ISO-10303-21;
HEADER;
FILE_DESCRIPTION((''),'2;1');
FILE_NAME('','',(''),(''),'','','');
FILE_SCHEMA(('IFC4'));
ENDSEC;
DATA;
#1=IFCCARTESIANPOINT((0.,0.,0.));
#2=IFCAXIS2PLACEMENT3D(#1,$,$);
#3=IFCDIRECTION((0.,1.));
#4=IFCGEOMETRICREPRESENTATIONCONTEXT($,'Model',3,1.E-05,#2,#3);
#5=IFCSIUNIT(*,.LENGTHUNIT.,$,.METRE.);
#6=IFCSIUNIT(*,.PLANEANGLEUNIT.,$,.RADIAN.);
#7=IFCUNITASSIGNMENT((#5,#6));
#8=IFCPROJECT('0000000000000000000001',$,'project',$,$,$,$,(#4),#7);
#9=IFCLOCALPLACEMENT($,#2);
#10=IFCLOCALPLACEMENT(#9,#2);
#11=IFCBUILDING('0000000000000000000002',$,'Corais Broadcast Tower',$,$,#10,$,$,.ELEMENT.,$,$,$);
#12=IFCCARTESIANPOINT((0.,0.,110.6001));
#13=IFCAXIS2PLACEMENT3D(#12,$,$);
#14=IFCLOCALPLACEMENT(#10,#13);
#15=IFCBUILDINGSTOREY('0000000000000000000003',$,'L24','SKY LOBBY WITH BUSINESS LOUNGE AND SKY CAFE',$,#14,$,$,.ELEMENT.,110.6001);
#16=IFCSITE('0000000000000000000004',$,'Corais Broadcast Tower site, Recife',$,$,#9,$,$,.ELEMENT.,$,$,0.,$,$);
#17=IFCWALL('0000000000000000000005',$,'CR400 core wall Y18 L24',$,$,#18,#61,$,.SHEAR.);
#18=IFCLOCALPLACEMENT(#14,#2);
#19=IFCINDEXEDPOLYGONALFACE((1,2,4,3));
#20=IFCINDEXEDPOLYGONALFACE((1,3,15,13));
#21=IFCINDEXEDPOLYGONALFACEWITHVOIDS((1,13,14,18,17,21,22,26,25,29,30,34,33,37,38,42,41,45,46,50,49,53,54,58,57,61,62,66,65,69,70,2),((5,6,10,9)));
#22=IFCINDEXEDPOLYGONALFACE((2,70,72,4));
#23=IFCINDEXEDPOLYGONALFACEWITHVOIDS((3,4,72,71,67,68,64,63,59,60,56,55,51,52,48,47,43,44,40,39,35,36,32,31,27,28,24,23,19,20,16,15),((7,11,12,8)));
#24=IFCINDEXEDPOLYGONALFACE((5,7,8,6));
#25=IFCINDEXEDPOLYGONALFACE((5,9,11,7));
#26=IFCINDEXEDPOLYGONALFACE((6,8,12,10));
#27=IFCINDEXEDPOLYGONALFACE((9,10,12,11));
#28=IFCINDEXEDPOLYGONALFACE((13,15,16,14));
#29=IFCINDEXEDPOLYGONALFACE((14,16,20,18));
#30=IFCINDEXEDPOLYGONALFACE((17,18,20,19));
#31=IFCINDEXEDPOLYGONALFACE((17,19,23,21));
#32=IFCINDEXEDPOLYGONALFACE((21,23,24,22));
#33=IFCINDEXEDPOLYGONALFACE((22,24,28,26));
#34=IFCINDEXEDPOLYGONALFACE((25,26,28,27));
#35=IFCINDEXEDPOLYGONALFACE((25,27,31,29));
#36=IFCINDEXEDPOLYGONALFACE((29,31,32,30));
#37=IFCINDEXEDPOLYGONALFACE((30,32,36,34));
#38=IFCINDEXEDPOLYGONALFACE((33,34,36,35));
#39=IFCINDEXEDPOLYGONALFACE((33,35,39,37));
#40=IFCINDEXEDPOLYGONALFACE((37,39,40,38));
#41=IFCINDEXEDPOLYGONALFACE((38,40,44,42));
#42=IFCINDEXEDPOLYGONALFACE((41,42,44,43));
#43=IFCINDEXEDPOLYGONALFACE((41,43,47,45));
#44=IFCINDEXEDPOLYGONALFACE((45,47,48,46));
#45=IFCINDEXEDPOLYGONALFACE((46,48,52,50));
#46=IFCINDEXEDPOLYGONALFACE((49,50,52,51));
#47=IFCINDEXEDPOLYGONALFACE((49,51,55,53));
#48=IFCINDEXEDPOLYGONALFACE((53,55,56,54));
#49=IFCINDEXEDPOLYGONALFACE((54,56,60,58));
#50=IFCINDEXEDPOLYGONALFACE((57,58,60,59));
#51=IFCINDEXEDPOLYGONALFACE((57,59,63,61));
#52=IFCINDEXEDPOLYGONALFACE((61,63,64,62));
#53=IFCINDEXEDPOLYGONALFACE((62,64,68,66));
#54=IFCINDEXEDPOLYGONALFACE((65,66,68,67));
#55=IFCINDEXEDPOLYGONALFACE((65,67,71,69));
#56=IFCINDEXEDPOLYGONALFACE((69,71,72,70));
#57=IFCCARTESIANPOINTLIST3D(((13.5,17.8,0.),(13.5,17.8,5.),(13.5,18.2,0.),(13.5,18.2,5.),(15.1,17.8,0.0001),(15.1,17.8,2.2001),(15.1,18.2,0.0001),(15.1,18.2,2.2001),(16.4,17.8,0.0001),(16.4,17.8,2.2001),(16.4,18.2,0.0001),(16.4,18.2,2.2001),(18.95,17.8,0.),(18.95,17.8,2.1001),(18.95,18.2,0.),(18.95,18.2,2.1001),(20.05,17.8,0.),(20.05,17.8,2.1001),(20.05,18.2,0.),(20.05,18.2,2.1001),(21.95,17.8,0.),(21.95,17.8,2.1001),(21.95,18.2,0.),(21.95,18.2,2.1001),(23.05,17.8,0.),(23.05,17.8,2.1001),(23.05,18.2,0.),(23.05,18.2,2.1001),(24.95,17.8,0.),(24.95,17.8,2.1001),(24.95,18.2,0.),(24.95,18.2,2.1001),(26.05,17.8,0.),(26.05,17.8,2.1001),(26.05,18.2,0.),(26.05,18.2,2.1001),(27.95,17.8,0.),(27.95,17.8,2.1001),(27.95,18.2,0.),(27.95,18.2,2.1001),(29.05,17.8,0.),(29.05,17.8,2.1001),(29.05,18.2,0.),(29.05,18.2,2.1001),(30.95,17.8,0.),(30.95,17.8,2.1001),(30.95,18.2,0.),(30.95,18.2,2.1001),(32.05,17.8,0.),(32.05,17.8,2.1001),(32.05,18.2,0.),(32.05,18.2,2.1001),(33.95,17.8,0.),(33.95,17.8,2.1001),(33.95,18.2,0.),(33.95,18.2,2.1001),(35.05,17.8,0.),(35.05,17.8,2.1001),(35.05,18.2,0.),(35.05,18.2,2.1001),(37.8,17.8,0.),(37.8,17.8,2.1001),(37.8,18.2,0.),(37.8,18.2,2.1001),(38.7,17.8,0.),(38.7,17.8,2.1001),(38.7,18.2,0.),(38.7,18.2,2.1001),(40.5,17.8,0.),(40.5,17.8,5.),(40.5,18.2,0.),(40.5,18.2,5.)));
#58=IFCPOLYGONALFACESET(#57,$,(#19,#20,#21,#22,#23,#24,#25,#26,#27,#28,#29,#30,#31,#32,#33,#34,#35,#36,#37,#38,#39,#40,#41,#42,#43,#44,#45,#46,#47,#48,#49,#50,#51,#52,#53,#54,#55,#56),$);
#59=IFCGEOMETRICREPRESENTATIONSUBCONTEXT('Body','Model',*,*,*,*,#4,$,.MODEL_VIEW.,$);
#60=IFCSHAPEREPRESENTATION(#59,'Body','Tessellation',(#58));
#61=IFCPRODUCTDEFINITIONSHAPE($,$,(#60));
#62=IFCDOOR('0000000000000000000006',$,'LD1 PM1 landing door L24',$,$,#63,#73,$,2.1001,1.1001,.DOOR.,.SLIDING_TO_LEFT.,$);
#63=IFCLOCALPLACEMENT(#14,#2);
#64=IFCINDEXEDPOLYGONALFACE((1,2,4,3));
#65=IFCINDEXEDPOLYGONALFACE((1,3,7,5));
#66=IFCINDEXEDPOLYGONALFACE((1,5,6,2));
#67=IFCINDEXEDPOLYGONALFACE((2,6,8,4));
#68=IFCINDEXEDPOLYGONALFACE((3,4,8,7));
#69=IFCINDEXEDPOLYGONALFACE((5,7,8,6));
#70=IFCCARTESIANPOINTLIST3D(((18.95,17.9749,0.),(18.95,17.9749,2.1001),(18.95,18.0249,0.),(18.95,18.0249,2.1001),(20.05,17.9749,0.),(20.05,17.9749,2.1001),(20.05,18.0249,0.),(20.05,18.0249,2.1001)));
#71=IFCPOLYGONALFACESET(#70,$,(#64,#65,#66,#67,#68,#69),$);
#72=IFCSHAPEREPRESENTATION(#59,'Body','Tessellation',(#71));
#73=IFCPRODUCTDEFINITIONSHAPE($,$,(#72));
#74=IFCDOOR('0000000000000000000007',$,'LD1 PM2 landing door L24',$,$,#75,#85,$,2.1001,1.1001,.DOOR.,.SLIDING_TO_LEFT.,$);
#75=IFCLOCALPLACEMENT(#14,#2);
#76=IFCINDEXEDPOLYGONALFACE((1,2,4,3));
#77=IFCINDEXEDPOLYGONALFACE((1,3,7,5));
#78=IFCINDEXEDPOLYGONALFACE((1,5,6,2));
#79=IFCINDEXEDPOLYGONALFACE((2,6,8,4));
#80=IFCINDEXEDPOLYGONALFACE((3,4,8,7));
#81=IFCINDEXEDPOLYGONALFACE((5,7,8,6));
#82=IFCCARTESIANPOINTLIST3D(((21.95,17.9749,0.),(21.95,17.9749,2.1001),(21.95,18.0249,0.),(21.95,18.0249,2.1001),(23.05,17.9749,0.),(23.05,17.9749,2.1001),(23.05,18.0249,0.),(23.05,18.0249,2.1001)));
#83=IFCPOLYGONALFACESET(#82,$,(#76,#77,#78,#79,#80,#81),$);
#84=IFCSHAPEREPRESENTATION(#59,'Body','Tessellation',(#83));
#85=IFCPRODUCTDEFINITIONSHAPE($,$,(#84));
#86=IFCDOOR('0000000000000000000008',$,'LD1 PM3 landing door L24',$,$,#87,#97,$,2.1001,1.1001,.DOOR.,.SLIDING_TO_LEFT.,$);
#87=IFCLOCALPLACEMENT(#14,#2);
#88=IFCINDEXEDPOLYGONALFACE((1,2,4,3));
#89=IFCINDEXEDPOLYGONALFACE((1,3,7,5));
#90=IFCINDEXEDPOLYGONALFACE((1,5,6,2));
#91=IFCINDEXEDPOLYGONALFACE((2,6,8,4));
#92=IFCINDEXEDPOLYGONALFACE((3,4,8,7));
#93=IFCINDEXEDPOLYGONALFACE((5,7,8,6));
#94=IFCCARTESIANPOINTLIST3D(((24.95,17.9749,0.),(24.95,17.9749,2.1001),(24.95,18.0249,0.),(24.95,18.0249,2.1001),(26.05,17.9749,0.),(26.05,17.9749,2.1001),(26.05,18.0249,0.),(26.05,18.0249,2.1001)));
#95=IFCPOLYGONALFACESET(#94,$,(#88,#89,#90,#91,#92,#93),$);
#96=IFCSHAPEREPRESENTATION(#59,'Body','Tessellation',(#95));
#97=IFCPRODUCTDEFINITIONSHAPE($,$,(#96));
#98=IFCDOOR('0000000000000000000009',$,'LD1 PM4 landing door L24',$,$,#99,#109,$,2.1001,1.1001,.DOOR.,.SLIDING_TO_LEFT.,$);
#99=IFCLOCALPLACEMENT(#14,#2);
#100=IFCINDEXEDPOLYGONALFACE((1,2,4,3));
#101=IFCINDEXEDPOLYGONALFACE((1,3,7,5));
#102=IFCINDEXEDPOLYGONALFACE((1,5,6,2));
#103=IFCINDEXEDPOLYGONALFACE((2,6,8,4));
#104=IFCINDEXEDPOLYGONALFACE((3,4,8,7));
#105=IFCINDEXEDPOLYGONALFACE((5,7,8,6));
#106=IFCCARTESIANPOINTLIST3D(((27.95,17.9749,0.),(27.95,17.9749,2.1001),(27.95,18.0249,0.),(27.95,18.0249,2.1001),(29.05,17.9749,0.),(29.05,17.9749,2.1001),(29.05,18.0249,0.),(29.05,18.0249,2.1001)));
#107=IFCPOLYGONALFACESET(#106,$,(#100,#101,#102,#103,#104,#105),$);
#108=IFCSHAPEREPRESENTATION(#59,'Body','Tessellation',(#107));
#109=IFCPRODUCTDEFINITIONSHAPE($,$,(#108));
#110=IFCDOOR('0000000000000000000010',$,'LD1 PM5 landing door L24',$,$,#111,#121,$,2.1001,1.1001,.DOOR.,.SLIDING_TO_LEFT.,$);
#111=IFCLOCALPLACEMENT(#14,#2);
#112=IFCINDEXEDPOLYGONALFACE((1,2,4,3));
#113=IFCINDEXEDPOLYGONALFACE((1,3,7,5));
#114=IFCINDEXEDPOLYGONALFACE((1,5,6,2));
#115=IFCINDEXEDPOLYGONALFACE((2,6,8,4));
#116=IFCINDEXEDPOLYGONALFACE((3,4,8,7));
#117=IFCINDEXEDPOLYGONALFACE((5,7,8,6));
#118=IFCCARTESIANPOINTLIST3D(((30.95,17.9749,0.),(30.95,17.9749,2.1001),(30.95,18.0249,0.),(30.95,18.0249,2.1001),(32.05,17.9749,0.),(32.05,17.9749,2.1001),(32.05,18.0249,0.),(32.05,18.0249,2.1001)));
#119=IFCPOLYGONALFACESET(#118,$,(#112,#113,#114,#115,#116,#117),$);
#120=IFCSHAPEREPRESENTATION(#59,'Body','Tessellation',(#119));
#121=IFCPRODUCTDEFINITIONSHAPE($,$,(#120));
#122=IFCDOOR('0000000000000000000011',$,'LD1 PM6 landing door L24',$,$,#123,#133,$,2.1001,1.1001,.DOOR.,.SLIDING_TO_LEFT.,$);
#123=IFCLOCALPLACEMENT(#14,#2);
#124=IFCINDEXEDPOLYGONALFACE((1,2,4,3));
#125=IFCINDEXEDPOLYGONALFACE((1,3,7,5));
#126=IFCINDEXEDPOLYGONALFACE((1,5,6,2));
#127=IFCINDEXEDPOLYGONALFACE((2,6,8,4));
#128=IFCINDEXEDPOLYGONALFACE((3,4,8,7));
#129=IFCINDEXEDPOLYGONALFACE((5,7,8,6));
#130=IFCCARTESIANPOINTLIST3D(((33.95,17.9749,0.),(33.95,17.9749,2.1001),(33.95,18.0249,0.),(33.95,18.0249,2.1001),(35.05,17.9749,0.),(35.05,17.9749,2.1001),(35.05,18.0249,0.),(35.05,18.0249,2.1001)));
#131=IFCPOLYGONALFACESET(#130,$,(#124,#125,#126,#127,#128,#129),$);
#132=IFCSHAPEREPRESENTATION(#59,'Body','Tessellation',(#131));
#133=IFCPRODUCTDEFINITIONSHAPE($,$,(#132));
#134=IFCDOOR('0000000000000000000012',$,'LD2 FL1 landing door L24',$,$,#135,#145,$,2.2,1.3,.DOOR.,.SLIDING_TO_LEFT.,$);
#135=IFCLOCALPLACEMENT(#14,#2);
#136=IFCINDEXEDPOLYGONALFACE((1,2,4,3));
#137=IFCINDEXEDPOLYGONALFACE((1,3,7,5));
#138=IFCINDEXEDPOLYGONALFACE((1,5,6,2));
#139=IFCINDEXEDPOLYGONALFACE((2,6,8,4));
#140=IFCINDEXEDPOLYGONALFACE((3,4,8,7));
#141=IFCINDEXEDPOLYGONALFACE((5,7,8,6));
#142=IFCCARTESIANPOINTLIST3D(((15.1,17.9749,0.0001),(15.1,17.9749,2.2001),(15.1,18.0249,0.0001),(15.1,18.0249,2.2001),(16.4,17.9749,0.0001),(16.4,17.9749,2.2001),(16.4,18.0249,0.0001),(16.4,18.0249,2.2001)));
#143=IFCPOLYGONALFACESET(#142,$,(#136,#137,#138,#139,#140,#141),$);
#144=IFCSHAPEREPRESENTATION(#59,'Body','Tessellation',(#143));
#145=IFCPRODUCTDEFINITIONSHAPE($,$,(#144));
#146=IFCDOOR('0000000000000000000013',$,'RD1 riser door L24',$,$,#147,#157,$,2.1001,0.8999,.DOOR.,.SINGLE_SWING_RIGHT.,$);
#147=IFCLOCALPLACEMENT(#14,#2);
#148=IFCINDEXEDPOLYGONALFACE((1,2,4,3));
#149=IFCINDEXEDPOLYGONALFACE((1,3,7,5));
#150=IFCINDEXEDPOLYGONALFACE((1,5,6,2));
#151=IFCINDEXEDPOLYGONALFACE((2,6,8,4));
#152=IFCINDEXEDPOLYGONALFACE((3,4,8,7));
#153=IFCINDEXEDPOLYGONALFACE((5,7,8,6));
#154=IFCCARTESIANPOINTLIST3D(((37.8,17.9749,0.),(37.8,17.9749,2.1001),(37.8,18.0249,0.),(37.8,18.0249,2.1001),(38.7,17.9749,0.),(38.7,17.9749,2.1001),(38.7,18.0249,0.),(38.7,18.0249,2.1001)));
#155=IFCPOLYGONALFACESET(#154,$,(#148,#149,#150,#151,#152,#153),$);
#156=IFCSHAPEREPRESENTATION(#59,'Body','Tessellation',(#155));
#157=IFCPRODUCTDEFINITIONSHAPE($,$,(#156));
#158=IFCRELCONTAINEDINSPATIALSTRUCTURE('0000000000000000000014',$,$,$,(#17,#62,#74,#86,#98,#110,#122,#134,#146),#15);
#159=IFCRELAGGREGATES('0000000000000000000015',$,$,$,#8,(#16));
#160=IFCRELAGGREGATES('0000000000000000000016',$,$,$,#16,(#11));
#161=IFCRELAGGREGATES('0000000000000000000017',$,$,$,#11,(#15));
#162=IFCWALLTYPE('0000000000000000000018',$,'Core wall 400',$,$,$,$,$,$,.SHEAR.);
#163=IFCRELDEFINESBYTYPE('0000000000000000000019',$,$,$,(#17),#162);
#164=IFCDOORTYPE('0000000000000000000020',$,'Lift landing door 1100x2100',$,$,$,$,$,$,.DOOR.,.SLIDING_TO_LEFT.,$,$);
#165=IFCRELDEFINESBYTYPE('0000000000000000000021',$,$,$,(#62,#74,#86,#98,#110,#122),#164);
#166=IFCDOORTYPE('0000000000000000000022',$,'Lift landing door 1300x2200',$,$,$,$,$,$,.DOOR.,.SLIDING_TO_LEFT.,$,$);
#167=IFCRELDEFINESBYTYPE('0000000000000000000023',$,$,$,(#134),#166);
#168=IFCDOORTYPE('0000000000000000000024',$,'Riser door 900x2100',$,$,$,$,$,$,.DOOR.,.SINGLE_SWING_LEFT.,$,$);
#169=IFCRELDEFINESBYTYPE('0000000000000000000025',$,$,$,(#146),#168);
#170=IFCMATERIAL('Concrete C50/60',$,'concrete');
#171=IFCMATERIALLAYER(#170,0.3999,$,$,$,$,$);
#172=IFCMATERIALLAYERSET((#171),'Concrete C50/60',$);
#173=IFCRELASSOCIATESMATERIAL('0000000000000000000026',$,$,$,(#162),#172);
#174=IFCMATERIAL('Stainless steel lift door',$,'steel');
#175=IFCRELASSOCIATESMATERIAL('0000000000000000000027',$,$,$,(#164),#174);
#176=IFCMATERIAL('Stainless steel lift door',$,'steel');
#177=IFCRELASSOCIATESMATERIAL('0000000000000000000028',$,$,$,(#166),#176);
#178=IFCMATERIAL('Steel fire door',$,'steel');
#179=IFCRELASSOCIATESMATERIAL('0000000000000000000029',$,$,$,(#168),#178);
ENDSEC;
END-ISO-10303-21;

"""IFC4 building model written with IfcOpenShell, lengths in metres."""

from ifc_helpers import new_model, si_unit, direction, frame, frame_2d, origin, place, context, subcontext, project, spatial, rectangle, extrude, material, layer, layer_set, type_object, element, fill, save


model = new_model("IFC4")

# Units and contexts
model_context = context("Model", 3, precision=1e-05, world=origin(), true_north=direction((0.0, 1.0)))
body_context = subcontext(model_context, "Body", "Model", "MODEL_VIEW")
ifc_project = project(units=[si_unit("LENGTHUNIT", "METRE"), si_unit("PLANEANGLEUNIT", "RADIAN")], contexts=[model_context])

# Site, building, storey
site_placement = place(None, origin())
site = spatial("IfcSite", under=ifc_project, at=site_placement, Name="Corais Broadcast Tower site, Recife", CompositionType="ELEMENT", RefElevation=0.0)
building_placement = place(site_placement, origin())
building = spatial("IfcBuilding", under=site, at=building_placement, Name="Corais Broadcast Tower", CompositionType="ELEMENT")
storey_placement = place(building_placement, frame((0.0, 0.0, 110.6001)))
storey = spatial("IfcBuildingStorey", under=building, at=storey_placement, Name="L24", Description="SKY LOBBY WITH BUSINESS LOUNGE AND SKY CAFE", CompositionType="ELEMENT", Elevation=110.6001)

# Shared definitions
ifc_material_1 = material(Name="Concrete C50/60", Category="concrete")
ifc_layer_1 = layer(ifc_material_1, 0.3999)
ifc_layer_set_1 = layer_set([ifc_layer_1], Name="Concrete C50/60")
wall_type_1 = type_object("IfcWallType", Name="Core wall 400", PredefinedType="SHEAR", material=ifc_layer_set_1)

# Wall, openings, doors
wall_1_placement = place(storey_placement, frame((13.5, 18.0, 0.0), z_axis=(0.0, 0.0, 1.0), x_axis=(1.0, 0.0, 0.0)))
wall_1 = element("IfcWall", 1, at=wall_1_placement, inside=storey, type_object=wall_type_1, Name="CR400 core wall Y18 L24", PredefinedType="SHEAR", context=body_context, shape_type="SweptSolid", body=[
    extrude(rectangle(XDim=27.0, YDim=0.3999, at=frame_2d((13.5, 0.0))), origin(), (0.0, 0.0, 1.0), 5.0),
])
opening_1_placement = place(wall_1_placement, frame((24.3, 0.0, 0.0)))
opening_1 = element("IfcOpeningElement", 2, at=opening_1_placement, cuts=wall_1, PredefinedType="OPENING", context=body_context, shape_type="SweptSolid", body=[
    extrude(rectangle(XDim=0.8999, YDim=2.1001, at=frame_2d((0.45, 1.05))), frame((0.0, 0.21, 0.0), z_axis=(0.0, -1.0, 0.0), x_axis=(1.0, 0.0, 0.0)), (0.0, 0.0, 1.0), 0.4199),
])
opening_2_placement = place(wall_1_placement, frame((5.45, 0.0, 0.0)))
opening_2 = element("IfcOpeningElement", 3, at=opening_2_placement, cuts=wall_1, PredefinedType="OPENING", context=body_context, shape_type="SweptSolid", body=[
    extrude(rectangle(XDim=1.1001, YDim=2.1001, at=frame_2d((0.55, 1.05))), frame((0.0, 0.21, 0.0), z_axis=(0.0, -1.0, 0.0), x_axis=(1.0, 0.0, 0.0)), (0.0, 0.0, 1.0), 0.4199),
])
opening_3_placement = place(wall_1_placement, frame((8.45, 0.0, 0.0)))
opening_3 = element("IfcOpeningElement", 4, at=opening_3_placement, cuts=wall_1, PredefinedType="OPENING", context=body_context, shape_type="SweptSolid", body=[
    extrude(rectangle(XDim=1.1001, YDim=2.1001, at=frame_2d((0.55, 1.05))), frame((0.0, 0.21, 0.0), z_axis=(0.0, -1.0, 0.0), x_axis=(1.0, 0.0, 0.0)), (0.0, 0.0, 1.0), 0.4199),
])
opening_4_placement = place(wall_1_placement, frame((11.45, 0.0, 0.0)))
opening_4 = element("IfcOpeningElement", 5, at=opening_4_placement, cuts=wall_1, PredefinedType="OPENING", context=body_context, shape_type="SweptSolid", body=[
    extrude(rectangle(XDim=1.1001, YDim=2.1001, at=frame_2d((0.55, 1.05))), frame((0.0, 0.21, 0.0), z_axis=(0.0, -1.0, 0.0), x_axis=(1.0, 0.0, 0.0)), (0.0, 0.0, 1.0), 0.4199),
])
opening_5_placement = place(wall_1_placement, frame((14.45, 0.0, 0.0)))
opening_5 = element("IfcOpeningElement", 6, at=opening_5_placement, cuts=wall_1, PredefinedType="OPENING", context=body_context, shape_type="SweptSolid", body=[
    extrude(rectangle(XDim=1.1001, YDim=2.1001, at=frame_2d((0.55, 1.05))), frame((0.0, 0.21, 0.0), z_axis=(0.0, -1.0, 0.0), x_axis=(1.0, 0.0, 0.0)), (0.0, 0.0, 1.0), 0.4199),
])
opening_6_placement = place(wall_1_placement, frame((17.45, 0.0, 0.0)))
opening_6 = element("IfcOpeningElement", 7, at=opening_6_placement, cuts=wall_1, PredefinedType="OPENING", context=body_context, shape_type="SweptSolid", body=[
    extrude(rectangle(XDim=1.1001, YDim=2.1001, at=frame_2d((0.55, 1.05))), frame((0.0, 0.21, 0.0), z_axis=(0.0, -1.0, 0.0), x_axis=(1.0, 0.0, 0.0)), (0.0, 0.0, 1.0), 0.4199),
])
opening_7_placement = place(wall_1_placement, frame((20.45, 0.0, 0.0)))
opening_7 = element("IfcOpeningElement", 8, at=opening_7_placement, cuts=wall_1, PredefinedType="OPENING", context=body_context, shape_type="SweptSolid", body=[
    extrude(rectangle(XDim=1.1001, YDim=2.1001, at=frame_2d((0.55, 1.05))), frame((0.0, 0.21, 0.0), z_axis=(0.0, -1.0, 0.0), x_axis=(1.0, 0.0, 0.0)), (0.0, 0.0, 1.0), 0.4199),
])
opening_8_placement = place(wall_1_placement, frame((1.6001, 0.0, 0.0)))
opening_8 = element("IfcOpeningElement", 9, at=opening_8_placement, cuts=wall_1, PredefinedType="OPENING", context=body_context, shape_type="SweptSolid", body=[
    extrude(rectangle(XDim=1.3, YDim=2.2, at=frame_2d((0.6499, 1.1001))), frame((0.0, 0.21, 0.0), z_axis=(0.0, -1.0, 0.0), x_axis=(1.0, 0.0, 0.0)), (0.0, 0.0, 1.0), 0.4199),
])
ifc_material_2 = material(Name="Stainless steel lift door", Category="steel")
door_type_1 = type_object("IfcDoorType", Name="Lift landing door 1100x2100", OperationType="SLIDING_TO_LEFT", PredefinedType="DOOR", material=ifc_material_2)
door_1_placement = place(opening_2_placement, origin())
door_1 = element("IfcDoor", 10, at=door_1_placement, inside=storey, type_object=door_type_1, Name="LD1 PM1 landing door L24", OperationType="SLIDING_TO_LEFT", OverallHeight=2.1001, OverallWidth=1.1001, PredefinedType="DOOR", context=body_context, shape_type="SweptSolid", body=[
    extrude(rectangle(XDim=1.1001, YDim=2.1001, at=frame_2d((0.55, 1.05))), frame((0.0, 0.0249, 0.0), z_axis=(0.0, -1.0, 0.0), x_axis=(1.0, 0.0, 0.0)), (0.0, 0.0, 1.0), 0.05),
])
fill(opening_2, door_1)
door_2_placement = place(opening_3_placement, origin())
door_2 = element("IfcDoor", 11, at=door_2_placement, inside=storey, type_object=door_type_1, Name="LD1 PM2 landing door L24", OperationType="SLIDING_TO_LEFT", OverallHeight=2.1001, OverallWidth=1.1001, PredefinedType="DOOR", context=body_context, shape_type="SweptSolid", body=[
    extrude(rectangle(XDim=1.1001, YDim=2.1001, at=frame_2d((0.55, 1.05))), frame((0.0, 0.0249, 0.0), z_axis=(0.0, -1.0, 0.0), x_axis=(1.0, 0.0, 0.0)), (0.0, 0.0, 1.0), 0.05),
])
fill(opening_3, door_2)
door_3_placement = place(opening_4_placement, origin())
door_3 = element("IfcDoor", 12, at=door_3_placement, inside=storey, type_object=door_type_1, Name="LD1 PM3 landing door L24", OperationType="SLIDING_TO_LEFT", OverallHeight=2.1001, OverallWidth=1.1001, PredefinedType="DOOR", context=body_context, shape_type="SweptSolid", body=[
    extrude(rectangle(XDim=1.1001, YDim=2.1001, at=frame_2d((0.55, 1.05))), frame((0.0, 0.0249, 0.0), z_axis=(0.0, -1.0, 0.0), x_axis=(1.0, 0.0, 0.0)), (0.0, 0.0, 1.0), 0.05),
])
fill(opening_4, door_3)
door_4_placement = place(opening_5_placement, origin())
door_4 = element("IfcDoor", 13, at=door_4_placement, inside=storey, type_object=door_type_1, Name="LD1 PM4 landing door L24", OperationType="SLIDING_TO_LEFT", OverallHeight=2.1001, OverallWidth=1.1001, PredefinedType="DOOR", context=body_context, shape_type="SweptSolid", body=[
    extrude(rectangle(XDim=1.1001, YDim=2.1001, at=frame_2d((0.55, 1.05))), frame((0.0, 0.0249, 0.0), z_axis=(0.0, -1.0, 0.0), x_axis=(1.0, 0.0, 0.0)), (0.0, 0.0, 1.0), 0.05),
])
fill(opening_5, door_4)
door_5_placement = place(opening_6_placement, origin())
door_5 = element("IfcDoor", 14, at=door_5_placement, inside=storey, type_object=door_type_1, Name="LD1 PM5 landing door L24", OperationType="SLIDING_TO_LEFT", OverallHeight=2.1001, OverallWidth=1.1001, PredefinedType="DOOR", context=body_context, shape_type="SweptSolid", body=[
    extrude(rectangle(XDim=1.1001, YDim=2.1001, at=frame_2d((0.55, 1.05))), frame((0.0, 0.0249, 0.0), z_axis=(0.0, -1.0, 0.0), x_axis=(1.0, 0.0, 0.0)), (0.0, 0.0, 1.0), 0.05),
])
fill(opening_6, door_5)
door_6_placement = place(opening_7_placement, origin())
door_6 = element("IfcDoor", 15, at=door_6_placement, inside=storey, type_object=door_type_1, Name="LD1 PM6 landing door L24", OperationType="SLIDING_TO_LEFT", OverallHeight=2.1001, OverallWidth=1.1001, PredefinedType="DOOR", context=body_context, shape_type="SweptSolid", body=[
    extrude(rectangle(XDim=1.1001, YDim=2.1001, at=frame_2d((0.55, 1.05))), frame((0.0, 0.0249, 0.0), z_axis=(0.0, -1.0, 0.0), x_axis=(1.0, 0.0, 0.0)), (0.0, 0.0, 1.0), 0.05),
])
fill(opening_7, door_6)
ifc_material_3 = material(Name="Stainless steel lift door", Category="steel")
door_type_2 = type_object("IfcDoorType", Name="Lift landing door 1300x2200", OperationType="SLIDING_TO_LEFT", PredefinedType="DOOR", material=ifc_material_3)
door_7_placement = place(opening_8_placement, origin())
door_7 = element("IfcDoor", 16, at=door_7_placement, inside=storey, type_object=door_type_2, Name="LD2 FL1 landing door L24", OperationType="SLIDING_TO_LEFT", OverallHeight=2.2, OverallWidth=1.3, PredefinedType="DOOR", context=body_context, shape_type="SweptSolid", body=[
    extrude(rectangle(XDim=1.3, YDim=2.2, at=frame_2d((0.6499, 1.1001))), frame((0.0, 0.0249, 0.0), z_axis=(0.0, -1.0, 0.0), x_axis=(1.0, 0.0, 0.0)), (0.0, 0.0, 1.0), 0.05),
])
fill(opening_8, door_7)
ifc_material_4 = material(Name="Steel fire door", Category="steel")
door_type_3 = type_object("IfcDoorType", Name="Riser door 900x2100", OperationType="SINGLE_SWING_LEFT", PredefinedType="DOOR", material=ifc_material_4)
door_8_placement = place(opening_1_placement, origin())
door_8 = element("IfcDoor", 17, at=door_8_placement, inside=storey, type_object=door_type_3, Name="RD1 riser door L24", OperationType="SINGLE_SWING_RIGHT", OverallHeight=2.1001, OverallWidth=0.8999, PredefinedType="DOOR", context=body_context, shape_type="SweptSolid", body=[
    extrude(rectangle(XDim=0.8999, YDim=2.1001, at=frame_2d((0.45, 1.05))), frame((0.0, 0.0249, 0.0), z_axis=(0.0, -1.0, 0.0), x_axis=(1.0, 0.0, 0.0)), (0.0, 0.0, 1.0), 0.05),
])
fill(opening_1, door_8)

save(model, "model.ifc")
